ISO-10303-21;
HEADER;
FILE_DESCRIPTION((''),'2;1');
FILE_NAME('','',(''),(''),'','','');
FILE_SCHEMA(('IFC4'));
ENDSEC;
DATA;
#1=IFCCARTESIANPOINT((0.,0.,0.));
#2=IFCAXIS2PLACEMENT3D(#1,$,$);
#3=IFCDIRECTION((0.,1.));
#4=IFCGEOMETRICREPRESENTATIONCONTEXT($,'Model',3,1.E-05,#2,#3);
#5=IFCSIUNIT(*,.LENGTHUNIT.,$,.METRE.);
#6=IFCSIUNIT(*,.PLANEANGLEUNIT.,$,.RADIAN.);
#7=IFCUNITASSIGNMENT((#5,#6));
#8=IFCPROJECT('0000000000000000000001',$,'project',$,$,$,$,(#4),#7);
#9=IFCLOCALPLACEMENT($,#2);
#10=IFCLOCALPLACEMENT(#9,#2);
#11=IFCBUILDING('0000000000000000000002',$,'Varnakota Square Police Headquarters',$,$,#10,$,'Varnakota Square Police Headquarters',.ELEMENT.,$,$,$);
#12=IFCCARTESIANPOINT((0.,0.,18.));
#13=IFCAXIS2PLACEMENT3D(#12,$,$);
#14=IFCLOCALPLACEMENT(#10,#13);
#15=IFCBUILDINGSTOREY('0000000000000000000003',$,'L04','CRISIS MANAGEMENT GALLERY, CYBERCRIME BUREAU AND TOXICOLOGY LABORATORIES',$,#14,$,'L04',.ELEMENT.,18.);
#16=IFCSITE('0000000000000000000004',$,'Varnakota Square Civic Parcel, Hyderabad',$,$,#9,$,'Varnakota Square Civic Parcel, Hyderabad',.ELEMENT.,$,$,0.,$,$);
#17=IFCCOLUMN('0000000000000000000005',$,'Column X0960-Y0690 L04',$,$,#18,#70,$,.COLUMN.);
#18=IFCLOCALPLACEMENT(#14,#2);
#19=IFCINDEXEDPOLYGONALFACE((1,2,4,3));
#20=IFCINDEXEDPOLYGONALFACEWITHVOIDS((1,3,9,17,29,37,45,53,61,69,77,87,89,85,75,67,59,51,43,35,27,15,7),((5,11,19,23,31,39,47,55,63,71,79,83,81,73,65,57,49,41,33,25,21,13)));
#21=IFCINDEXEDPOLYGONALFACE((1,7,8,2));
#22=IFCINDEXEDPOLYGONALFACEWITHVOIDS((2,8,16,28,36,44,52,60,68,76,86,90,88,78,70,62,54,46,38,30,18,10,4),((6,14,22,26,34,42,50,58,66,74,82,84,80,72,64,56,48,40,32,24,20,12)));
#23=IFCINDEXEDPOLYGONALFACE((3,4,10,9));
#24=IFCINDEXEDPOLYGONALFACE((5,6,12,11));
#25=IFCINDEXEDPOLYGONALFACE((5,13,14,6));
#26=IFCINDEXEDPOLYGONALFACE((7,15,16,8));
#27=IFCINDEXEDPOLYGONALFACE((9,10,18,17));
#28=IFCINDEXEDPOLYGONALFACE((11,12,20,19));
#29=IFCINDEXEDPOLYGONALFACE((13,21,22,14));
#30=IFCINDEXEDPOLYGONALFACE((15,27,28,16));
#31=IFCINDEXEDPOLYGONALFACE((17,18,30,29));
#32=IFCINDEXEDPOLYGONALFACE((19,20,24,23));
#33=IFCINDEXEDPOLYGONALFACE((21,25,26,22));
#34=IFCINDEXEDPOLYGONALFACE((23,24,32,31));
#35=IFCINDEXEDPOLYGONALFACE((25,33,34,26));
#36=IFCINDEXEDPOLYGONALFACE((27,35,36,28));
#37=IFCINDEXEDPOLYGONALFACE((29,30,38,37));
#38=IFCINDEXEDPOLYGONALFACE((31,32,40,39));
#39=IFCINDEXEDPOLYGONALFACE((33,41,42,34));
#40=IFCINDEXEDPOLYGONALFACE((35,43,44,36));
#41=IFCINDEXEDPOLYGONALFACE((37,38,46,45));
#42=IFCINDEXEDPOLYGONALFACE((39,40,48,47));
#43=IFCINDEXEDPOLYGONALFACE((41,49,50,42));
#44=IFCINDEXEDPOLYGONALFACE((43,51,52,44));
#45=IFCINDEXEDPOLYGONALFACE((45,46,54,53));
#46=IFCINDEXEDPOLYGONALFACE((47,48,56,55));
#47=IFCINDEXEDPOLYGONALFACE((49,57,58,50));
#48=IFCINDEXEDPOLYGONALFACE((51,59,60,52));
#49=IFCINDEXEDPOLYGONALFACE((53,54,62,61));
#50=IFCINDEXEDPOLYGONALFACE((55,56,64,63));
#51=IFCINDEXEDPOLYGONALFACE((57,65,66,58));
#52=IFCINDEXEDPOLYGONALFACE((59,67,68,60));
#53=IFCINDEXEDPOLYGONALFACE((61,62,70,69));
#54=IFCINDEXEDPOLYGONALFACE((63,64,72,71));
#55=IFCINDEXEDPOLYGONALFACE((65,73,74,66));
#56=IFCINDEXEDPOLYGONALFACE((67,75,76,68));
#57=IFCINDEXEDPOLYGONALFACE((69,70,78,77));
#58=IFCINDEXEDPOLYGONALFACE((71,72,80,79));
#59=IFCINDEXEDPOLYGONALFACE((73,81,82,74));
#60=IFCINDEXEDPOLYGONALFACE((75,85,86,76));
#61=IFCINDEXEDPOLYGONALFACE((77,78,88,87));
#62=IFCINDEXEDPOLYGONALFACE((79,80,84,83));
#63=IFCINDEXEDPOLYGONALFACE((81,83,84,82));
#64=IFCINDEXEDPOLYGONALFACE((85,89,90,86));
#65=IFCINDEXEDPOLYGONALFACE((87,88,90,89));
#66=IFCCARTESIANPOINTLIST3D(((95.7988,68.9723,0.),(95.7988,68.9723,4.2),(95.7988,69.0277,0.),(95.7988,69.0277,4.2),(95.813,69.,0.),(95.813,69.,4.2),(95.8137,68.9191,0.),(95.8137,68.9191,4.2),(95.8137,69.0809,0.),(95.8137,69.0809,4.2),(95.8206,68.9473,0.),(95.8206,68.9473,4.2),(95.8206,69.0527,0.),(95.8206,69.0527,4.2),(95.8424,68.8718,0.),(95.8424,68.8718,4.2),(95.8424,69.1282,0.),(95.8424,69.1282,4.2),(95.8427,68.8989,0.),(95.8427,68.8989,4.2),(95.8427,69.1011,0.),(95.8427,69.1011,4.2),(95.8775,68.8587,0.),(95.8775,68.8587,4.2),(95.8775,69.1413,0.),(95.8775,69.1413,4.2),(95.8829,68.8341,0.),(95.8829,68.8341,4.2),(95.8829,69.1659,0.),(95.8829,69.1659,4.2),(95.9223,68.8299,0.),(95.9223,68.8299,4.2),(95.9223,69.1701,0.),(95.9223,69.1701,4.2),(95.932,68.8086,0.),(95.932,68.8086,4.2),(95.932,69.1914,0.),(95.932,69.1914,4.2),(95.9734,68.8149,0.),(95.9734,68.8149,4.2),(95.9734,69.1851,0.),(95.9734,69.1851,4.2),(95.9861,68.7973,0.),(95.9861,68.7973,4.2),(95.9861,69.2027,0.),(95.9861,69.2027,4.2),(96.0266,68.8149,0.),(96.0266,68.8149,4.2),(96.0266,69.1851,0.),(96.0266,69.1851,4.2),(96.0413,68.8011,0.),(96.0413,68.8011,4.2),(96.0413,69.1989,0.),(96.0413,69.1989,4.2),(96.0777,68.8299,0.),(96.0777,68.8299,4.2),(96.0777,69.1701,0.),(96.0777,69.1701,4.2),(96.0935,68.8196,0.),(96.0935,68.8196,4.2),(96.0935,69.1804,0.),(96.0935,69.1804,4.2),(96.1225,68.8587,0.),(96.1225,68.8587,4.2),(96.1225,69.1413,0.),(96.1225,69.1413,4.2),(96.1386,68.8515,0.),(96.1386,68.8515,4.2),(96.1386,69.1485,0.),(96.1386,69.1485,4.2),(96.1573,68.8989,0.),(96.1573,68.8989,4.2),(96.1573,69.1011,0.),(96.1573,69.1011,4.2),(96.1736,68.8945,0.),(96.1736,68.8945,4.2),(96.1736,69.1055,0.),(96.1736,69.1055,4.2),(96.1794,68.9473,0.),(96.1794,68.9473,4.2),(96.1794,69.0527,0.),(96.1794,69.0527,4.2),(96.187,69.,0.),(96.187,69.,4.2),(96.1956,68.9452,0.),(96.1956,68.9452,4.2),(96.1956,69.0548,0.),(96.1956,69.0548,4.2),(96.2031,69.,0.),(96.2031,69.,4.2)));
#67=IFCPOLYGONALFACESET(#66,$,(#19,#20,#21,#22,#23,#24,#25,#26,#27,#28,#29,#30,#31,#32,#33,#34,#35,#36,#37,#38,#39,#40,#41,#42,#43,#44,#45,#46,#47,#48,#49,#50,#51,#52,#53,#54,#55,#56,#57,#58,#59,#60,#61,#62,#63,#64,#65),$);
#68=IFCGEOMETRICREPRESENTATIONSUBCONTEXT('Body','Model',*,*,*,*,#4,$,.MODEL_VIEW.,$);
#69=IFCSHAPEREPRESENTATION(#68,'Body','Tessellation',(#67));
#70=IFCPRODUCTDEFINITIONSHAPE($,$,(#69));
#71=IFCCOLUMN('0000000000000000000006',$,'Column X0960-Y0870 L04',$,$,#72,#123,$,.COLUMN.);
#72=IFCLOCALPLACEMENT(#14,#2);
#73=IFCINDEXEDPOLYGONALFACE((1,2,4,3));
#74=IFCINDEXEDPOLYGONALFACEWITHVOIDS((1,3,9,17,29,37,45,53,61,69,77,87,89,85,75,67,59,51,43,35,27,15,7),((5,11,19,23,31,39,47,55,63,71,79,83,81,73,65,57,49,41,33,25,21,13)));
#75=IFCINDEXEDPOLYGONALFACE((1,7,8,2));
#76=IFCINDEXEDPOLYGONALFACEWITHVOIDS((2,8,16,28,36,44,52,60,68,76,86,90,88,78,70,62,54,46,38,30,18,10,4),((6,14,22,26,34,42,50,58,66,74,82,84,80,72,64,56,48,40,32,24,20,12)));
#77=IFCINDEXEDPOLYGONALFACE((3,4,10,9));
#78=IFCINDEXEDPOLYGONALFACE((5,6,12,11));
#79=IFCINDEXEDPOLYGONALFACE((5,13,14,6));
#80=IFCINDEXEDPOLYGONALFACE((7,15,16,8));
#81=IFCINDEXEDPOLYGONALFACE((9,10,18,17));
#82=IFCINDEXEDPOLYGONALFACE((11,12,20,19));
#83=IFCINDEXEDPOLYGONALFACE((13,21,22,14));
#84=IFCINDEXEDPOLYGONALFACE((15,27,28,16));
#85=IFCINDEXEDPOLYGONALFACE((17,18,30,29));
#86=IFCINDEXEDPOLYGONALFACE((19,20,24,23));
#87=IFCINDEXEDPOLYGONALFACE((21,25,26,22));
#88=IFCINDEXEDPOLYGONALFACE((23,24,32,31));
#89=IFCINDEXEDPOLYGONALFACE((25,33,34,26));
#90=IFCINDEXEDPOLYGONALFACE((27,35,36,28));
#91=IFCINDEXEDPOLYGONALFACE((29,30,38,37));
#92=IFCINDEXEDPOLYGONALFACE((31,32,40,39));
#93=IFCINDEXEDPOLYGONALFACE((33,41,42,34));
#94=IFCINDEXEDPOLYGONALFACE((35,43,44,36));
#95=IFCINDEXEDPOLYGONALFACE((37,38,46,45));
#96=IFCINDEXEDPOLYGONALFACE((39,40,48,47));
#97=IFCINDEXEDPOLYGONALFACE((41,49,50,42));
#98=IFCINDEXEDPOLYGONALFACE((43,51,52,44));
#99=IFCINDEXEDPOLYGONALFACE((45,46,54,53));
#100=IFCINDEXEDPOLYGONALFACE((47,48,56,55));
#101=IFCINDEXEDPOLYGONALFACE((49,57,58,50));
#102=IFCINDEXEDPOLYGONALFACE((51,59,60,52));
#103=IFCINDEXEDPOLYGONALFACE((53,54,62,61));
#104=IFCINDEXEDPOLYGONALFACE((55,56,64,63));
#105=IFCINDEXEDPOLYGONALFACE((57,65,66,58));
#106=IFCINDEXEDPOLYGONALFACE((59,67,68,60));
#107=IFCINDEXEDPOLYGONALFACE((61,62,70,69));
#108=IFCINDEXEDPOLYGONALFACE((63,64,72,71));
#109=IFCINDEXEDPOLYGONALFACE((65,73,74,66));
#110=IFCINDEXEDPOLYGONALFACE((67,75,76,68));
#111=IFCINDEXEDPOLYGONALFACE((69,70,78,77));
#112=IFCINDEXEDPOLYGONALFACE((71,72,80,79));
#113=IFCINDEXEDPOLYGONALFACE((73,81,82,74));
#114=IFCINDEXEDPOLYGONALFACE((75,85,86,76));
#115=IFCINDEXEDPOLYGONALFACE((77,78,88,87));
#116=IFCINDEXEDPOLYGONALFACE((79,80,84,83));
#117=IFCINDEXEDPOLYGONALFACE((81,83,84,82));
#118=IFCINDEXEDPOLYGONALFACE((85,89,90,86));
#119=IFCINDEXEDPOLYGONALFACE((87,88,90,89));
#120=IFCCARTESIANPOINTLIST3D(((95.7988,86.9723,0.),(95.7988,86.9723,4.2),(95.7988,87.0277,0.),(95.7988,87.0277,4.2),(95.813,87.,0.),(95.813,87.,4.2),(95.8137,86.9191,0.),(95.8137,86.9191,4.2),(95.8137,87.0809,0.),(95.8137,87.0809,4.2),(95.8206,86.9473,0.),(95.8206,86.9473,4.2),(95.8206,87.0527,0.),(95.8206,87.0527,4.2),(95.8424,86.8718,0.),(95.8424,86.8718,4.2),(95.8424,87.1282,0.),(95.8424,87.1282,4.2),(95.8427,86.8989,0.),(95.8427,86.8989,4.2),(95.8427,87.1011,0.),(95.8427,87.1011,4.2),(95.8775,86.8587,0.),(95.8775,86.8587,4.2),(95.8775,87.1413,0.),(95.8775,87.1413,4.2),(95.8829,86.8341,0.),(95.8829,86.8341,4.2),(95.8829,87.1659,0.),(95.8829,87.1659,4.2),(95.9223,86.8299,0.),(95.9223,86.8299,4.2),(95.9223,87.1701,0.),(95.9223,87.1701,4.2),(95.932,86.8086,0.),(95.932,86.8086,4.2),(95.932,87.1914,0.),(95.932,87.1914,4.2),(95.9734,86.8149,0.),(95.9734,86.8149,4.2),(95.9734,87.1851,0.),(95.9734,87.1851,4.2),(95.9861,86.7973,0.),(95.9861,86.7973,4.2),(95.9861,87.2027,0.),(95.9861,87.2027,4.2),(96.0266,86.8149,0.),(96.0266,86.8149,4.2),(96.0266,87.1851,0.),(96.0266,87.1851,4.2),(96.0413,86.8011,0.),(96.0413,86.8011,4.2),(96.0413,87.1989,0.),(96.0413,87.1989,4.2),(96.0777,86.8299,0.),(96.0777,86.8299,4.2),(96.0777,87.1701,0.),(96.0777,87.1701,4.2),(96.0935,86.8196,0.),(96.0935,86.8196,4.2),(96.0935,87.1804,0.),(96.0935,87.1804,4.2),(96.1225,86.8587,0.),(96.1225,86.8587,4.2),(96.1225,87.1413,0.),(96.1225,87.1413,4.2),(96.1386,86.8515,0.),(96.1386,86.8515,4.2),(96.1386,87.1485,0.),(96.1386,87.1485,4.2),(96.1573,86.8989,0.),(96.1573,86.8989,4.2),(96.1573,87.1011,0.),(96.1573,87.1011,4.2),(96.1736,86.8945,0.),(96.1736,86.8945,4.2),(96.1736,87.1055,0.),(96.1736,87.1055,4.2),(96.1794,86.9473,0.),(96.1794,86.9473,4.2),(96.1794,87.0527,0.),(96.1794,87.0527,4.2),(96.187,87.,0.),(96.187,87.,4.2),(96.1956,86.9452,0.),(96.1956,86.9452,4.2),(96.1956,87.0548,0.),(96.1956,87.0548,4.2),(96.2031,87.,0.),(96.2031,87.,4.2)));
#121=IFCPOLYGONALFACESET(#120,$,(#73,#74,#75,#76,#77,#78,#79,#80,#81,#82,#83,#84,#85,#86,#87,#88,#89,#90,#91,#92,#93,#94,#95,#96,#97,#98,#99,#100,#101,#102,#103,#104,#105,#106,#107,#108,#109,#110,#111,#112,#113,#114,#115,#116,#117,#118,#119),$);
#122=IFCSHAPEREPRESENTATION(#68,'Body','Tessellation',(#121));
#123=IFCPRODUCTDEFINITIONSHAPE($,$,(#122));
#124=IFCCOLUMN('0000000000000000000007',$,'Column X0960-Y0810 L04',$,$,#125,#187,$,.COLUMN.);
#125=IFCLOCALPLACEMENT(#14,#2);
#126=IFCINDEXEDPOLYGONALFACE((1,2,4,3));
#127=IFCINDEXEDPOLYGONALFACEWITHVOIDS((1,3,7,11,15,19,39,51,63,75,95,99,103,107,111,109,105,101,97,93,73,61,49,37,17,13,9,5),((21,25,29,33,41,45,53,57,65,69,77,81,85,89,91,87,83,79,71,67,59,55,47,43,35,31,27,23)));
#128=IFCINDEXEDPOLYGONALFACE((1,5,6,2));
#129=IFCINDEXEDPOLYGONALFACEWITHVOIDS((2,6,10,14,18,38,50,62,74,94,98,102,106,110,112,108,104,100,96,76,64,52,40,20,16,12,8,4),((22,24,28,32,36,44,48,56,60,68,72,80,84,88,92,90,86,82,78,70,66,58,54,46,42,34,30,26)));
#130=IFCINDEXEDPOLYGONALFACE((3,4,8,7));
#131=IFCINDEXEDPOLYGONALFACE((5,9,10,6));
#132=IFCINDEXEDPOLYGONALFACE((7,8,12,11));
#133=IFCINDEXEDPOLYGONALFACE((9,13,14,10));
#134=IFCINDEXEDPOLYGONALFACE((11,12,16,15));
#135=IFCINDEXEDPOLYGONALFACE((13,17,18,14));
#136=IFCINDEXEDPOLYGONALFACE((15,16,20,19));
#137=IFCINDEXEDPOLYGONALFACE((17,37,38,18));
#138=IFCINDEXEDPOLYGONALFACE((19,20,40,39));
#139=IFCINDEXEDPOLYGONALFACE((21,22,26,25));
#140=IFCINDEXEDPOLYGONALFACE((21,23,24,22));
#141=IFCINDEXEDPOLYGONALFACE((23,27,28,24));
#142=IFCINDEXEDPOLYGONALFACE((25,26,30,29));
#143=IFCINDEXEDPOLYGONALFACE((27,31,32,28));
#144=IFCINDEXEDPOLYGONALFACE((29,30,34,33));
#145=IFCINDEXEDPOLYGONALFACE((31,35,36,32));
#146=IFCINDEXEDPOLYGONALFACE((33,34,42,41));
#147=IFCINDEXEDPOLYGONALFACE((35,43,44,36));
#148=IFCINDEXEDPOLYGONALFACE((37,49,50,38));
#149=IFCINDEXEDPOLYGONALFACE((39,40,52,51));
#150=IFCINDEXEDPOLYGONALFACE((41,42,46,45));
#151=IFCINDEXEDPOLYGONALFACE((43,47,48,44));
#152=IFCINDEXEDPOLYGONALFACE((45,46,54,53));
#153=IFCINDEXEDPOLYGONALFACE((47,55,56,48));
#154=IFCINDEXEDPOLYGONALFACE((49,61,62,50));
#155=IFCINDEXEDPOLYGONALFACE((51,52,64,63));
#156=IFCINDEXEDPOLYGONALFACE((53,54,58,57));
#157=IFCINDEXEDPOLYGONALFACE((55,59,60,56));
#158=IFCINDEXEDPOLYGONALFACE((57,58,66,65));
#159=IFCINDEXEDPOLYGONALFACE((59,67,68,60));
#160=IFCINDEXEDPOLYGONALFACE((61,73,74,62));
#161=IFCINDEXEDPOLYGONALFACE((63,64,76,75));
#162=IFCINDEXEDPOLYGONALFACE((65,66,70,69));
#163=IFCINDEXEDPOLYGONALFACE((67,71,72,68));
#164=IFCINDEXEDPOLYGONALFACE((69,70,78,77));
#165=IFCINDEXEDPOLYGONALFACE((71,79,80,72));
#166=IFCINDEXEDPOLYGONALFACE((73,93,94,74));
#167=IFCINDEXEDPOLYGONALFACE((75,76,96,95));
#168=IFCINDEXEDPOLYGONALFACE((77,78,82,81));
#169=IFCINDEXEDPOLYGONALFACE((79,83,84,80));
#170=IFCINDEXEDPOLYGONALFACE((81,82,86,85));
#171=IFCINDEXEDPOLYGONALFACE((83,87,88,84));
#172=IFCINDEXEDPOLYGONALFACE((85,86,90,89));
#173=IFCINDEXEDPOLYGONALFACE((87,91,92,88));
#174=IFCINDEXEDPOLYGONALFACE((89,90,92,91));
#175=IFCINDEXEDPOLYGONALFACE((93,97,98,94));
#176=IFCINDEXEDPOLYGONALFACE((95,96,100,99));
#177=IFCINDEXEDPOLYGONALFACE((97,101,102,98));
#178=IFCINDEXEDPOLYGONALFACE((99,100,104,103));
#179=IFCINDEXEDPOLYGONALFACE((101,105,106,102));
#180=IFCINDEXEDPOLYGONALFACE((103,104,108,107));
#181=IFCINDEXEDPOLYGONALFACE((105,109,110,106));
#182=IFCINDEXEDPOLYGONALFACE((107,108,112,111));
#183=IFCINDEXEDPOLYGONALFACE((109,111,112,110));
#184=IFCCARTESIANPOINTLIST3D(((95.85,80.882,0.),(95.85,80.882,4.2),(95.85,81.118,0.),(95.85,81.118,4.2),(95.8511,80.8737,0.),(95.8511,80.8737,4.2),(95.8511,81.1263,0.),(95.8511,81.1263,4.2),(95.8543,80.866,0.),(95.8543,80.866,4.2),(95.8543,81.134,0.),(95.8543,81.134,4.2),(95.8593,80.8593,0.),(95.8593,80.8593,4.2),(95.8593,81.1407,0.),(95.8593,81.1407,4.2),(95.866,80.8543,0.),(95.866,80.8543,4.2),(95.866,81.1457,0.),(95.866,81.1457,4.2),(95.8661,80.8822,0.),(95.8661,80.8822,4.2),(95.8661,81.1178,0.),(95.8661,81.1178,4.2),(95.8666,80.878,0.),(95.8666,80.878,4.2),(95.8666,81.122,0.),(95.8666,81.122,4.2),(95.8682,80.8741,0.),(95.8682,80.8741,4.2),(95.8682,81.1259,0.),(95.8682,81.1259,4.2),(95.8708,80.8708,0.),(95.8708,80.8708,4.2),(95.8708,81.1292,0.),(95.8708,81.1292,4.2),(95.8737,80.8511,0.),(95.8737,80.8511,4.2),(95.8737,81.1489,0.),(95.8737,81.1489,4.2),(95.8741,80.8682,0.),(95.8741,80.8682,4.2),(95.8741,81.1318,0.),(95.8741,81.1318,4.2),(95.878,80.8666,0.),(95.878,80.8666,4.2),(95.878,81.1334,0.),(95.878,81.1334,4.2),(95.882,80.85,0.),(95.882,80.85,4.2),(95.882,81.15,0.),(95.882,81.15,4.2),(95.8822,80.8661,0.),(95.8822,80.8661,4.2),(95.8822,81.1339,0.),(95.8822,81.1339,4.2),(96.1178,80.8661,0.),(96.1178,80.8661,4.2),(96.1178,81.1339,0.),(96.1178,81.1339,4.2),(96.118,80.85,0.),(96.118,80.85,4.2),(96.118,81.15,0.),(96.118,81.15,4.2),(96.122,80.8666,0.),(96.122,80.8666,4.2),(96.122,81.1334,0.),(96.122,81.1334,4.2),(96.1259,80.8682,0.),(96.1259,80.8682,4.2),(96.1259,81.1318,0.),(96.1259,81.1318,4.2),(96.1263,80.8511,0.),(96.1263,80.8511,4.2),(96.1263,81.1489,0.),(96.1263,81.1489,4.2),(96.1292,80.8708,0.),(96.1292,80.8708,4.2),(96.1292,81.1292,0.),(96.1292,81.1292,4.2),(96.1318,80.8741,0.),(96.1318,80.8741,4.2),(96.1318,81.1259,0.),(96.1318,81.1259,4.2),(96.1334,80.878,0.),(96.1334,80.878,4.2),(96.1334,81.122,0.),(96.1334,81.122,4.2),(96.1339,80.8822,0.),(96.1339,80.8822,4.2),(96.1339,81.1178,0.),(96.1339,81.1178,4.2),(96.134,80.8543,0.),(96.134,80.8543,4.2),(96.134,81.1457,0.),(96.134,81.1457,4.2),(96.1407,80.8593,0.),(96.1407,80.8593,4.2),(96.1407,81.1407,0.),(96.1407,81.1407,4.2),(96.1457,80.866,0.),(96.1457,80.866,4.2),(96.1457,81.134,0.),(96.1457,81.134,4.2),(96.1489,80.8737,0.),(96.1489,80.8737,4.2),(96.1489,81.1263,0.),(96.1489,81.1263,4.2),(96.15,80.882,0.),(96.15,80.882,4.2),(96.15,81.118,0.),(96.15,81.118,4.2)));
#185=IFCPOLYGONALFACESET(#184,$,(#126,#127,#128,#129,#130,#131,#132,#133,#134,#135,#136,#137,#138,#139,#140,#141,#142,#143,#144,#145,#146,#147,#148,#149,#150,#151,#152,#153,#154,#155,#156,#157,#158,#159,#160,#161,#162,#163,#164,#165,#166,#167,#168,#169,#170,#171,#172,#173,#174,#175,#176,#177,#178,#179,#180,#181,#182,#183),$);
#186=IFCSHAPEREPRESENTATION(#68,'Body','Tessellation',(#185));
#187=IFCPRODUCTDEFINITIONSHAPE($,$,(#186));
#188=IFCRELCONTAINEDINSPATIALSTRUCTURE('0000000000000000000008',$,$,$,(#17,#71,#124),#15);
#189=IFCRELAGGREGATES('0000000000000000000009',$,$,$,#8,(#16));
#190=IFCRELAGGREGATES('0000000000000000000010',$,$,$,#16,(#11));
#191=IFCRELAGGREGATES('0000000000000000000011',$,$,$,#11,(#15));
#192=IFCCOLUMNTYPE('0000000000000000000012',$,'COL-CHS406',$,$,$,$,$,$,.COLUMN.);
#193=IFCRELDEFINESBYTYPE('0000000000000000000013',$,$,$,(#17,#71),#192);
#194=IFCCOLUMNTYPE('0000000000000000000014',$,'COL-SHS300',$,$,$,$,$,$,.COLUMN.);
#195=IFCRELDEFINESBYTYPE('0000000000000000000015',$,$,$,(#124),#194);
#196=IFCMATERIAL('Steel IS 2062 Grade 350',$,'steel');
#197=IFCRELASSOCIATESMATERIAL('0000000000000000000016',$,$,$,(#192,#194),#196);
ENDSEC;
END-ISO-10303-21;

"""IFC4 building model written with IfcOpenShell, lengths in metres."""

from ifc_helpers import new_model, si_unit, direction, frame, origin, origin_2d, place, context, subcontext, project, spatial, hollow_rectangle, hollow_circle, extrude, material, material_profile, profile_set, type_object, element, save


model = new_model("IFC4")

# Units and contexts
model_context = context("Model", 3, precision=1e-05, world=origin(), true_north=direction((0.0, 1.0)))
body_context = subcontext(model_context, "Body", "Model", "MODEL_VIEW")
ifc_project = project(units=[si_unit("LENGTHUNIT", "METRE"), si_unit("PLANEANGLEUNIT", "RADIAN")], contexts=[model_context])

# Site, building, storey
site_placement = place(None, origin())
site = spatial("IfcSite", under=ifc_project, at=site_placement, Name="Varnakota Square Civic Parcel, Hyderabad", LongName="Varnakota Square Civic Parcel, Hyderabad", CompositionType="ELEMENT", RefElevation=0.0)
building_placement = place(site_placement, origin())
building = spatial("IfcBuilding", under=site, at=building_placement, Name="Varnakota Square Police Headquarters", LongName="Varnakota Square Police Headquarters", CompositionType="ELEMENT")
storey_placement = place(building_placement, frame((0.0, 0.0, 18.0)))
storey = spatial("IfcBuildingStorey", under=building, at=storey_placement, Name="L04", Description="CRISIS MANAGEMENT GALLERY, CYBERCRIME BUREAU AND TOXICOLOGY LABORATORIES", LongName="L04", CompositionType="ELEMENT", Elevation=18.0)

# Columns
ifc_material_1 = material(Name="Steel IS 2062 Grade 350", Category="steel")
ifc_material_profile_1 = material_profile(ifc_material_1, hollow_circle(Radius=0.2031, WallThickness=0.0161, at=origin_2d()), Name="CHS 406.4x16.0")
ifc_profile_set_1 = profile_set([ifc_material_profile_1], Name="Steel IS 2062 Grade 350")
column_type_1 = type_object("IfcColumnType", Name="COL-CHS406", PredefinedType="COLUMN", material=ifc_profile_set_1)
for number, where, z_axis, x_axis, name in (
    (1, (96.0, 69.0, 0.0), (0.0, 0.0, 1.0), (1.0, 0.0, 0.0), "Column X0960-Y0690 L04"),
    (2, (96.0, 87.0, 0.0), (0.0, 0.0, 1.0), (1.0, 0.0, 0.0), "Column X0960-Y0870 L04"),
):
    element("IfcColumn", number, at=place(storey_placement, frame(where, z_axis=z_axis, x_axis=x_axis)), inside=storey, type_object=column_type_1, Name=name, PredefinedType="COLUMN", context=body_context, shape_type="SweptSolid", body=[
        extrude(hollow_circle(Radius=0.2031, WallThickness=0.0161, at=origin_2d()), origin(), (0.0, 0.0, 1.0), 4.2),
    ])
ifc_material_profile_2 = material_profile(ifc_material_1, hollow_rectangle(XDim=0.3, YDim=0.3, WallThickness=0.0161, InnerFilletRadius=0.0161, OuterFilletRadius=0.032, at=origin_2d()), Name="SHS 300x300x16")
ifc_profile_set_2 = profile_set([ifc_material_profile_2], Name="Steel IS 2062 Grade 350")
column_type_2 = type_object("IfcColumnType", Name="COL-SHS300", PredefinedType="COLUMN", material=ifc_profile_set_2)
for number, where, z_axis, x_axis, name in (
    (3, (96.0, 81.0, 0.0), (0.0, 0.0, 1.0), (1.0, 0.0, 0.0), "Column X0960-Y0810 L04"),
):
    element("IfcColumn", number, at=place(storey_placement, frame(where, z_axis=z_axis, x_axis=x_axis)), inside=storey, type_object=column_type_2, Name=name, PredefinedType="COLUMN", context=body_context, shape_type="SweptSolid", body=[
        extrude(hollow_rectangle(XDim=0.3, YDim=0.3, WallThickness=0.0161, InnerFilletRadius=0.0161, OuterFilletRadius=0.032, at=origin_2d()), origin(), (0.0, 0.0, 1.0), 4.2),
    ])

save(model, "model.ifc")
